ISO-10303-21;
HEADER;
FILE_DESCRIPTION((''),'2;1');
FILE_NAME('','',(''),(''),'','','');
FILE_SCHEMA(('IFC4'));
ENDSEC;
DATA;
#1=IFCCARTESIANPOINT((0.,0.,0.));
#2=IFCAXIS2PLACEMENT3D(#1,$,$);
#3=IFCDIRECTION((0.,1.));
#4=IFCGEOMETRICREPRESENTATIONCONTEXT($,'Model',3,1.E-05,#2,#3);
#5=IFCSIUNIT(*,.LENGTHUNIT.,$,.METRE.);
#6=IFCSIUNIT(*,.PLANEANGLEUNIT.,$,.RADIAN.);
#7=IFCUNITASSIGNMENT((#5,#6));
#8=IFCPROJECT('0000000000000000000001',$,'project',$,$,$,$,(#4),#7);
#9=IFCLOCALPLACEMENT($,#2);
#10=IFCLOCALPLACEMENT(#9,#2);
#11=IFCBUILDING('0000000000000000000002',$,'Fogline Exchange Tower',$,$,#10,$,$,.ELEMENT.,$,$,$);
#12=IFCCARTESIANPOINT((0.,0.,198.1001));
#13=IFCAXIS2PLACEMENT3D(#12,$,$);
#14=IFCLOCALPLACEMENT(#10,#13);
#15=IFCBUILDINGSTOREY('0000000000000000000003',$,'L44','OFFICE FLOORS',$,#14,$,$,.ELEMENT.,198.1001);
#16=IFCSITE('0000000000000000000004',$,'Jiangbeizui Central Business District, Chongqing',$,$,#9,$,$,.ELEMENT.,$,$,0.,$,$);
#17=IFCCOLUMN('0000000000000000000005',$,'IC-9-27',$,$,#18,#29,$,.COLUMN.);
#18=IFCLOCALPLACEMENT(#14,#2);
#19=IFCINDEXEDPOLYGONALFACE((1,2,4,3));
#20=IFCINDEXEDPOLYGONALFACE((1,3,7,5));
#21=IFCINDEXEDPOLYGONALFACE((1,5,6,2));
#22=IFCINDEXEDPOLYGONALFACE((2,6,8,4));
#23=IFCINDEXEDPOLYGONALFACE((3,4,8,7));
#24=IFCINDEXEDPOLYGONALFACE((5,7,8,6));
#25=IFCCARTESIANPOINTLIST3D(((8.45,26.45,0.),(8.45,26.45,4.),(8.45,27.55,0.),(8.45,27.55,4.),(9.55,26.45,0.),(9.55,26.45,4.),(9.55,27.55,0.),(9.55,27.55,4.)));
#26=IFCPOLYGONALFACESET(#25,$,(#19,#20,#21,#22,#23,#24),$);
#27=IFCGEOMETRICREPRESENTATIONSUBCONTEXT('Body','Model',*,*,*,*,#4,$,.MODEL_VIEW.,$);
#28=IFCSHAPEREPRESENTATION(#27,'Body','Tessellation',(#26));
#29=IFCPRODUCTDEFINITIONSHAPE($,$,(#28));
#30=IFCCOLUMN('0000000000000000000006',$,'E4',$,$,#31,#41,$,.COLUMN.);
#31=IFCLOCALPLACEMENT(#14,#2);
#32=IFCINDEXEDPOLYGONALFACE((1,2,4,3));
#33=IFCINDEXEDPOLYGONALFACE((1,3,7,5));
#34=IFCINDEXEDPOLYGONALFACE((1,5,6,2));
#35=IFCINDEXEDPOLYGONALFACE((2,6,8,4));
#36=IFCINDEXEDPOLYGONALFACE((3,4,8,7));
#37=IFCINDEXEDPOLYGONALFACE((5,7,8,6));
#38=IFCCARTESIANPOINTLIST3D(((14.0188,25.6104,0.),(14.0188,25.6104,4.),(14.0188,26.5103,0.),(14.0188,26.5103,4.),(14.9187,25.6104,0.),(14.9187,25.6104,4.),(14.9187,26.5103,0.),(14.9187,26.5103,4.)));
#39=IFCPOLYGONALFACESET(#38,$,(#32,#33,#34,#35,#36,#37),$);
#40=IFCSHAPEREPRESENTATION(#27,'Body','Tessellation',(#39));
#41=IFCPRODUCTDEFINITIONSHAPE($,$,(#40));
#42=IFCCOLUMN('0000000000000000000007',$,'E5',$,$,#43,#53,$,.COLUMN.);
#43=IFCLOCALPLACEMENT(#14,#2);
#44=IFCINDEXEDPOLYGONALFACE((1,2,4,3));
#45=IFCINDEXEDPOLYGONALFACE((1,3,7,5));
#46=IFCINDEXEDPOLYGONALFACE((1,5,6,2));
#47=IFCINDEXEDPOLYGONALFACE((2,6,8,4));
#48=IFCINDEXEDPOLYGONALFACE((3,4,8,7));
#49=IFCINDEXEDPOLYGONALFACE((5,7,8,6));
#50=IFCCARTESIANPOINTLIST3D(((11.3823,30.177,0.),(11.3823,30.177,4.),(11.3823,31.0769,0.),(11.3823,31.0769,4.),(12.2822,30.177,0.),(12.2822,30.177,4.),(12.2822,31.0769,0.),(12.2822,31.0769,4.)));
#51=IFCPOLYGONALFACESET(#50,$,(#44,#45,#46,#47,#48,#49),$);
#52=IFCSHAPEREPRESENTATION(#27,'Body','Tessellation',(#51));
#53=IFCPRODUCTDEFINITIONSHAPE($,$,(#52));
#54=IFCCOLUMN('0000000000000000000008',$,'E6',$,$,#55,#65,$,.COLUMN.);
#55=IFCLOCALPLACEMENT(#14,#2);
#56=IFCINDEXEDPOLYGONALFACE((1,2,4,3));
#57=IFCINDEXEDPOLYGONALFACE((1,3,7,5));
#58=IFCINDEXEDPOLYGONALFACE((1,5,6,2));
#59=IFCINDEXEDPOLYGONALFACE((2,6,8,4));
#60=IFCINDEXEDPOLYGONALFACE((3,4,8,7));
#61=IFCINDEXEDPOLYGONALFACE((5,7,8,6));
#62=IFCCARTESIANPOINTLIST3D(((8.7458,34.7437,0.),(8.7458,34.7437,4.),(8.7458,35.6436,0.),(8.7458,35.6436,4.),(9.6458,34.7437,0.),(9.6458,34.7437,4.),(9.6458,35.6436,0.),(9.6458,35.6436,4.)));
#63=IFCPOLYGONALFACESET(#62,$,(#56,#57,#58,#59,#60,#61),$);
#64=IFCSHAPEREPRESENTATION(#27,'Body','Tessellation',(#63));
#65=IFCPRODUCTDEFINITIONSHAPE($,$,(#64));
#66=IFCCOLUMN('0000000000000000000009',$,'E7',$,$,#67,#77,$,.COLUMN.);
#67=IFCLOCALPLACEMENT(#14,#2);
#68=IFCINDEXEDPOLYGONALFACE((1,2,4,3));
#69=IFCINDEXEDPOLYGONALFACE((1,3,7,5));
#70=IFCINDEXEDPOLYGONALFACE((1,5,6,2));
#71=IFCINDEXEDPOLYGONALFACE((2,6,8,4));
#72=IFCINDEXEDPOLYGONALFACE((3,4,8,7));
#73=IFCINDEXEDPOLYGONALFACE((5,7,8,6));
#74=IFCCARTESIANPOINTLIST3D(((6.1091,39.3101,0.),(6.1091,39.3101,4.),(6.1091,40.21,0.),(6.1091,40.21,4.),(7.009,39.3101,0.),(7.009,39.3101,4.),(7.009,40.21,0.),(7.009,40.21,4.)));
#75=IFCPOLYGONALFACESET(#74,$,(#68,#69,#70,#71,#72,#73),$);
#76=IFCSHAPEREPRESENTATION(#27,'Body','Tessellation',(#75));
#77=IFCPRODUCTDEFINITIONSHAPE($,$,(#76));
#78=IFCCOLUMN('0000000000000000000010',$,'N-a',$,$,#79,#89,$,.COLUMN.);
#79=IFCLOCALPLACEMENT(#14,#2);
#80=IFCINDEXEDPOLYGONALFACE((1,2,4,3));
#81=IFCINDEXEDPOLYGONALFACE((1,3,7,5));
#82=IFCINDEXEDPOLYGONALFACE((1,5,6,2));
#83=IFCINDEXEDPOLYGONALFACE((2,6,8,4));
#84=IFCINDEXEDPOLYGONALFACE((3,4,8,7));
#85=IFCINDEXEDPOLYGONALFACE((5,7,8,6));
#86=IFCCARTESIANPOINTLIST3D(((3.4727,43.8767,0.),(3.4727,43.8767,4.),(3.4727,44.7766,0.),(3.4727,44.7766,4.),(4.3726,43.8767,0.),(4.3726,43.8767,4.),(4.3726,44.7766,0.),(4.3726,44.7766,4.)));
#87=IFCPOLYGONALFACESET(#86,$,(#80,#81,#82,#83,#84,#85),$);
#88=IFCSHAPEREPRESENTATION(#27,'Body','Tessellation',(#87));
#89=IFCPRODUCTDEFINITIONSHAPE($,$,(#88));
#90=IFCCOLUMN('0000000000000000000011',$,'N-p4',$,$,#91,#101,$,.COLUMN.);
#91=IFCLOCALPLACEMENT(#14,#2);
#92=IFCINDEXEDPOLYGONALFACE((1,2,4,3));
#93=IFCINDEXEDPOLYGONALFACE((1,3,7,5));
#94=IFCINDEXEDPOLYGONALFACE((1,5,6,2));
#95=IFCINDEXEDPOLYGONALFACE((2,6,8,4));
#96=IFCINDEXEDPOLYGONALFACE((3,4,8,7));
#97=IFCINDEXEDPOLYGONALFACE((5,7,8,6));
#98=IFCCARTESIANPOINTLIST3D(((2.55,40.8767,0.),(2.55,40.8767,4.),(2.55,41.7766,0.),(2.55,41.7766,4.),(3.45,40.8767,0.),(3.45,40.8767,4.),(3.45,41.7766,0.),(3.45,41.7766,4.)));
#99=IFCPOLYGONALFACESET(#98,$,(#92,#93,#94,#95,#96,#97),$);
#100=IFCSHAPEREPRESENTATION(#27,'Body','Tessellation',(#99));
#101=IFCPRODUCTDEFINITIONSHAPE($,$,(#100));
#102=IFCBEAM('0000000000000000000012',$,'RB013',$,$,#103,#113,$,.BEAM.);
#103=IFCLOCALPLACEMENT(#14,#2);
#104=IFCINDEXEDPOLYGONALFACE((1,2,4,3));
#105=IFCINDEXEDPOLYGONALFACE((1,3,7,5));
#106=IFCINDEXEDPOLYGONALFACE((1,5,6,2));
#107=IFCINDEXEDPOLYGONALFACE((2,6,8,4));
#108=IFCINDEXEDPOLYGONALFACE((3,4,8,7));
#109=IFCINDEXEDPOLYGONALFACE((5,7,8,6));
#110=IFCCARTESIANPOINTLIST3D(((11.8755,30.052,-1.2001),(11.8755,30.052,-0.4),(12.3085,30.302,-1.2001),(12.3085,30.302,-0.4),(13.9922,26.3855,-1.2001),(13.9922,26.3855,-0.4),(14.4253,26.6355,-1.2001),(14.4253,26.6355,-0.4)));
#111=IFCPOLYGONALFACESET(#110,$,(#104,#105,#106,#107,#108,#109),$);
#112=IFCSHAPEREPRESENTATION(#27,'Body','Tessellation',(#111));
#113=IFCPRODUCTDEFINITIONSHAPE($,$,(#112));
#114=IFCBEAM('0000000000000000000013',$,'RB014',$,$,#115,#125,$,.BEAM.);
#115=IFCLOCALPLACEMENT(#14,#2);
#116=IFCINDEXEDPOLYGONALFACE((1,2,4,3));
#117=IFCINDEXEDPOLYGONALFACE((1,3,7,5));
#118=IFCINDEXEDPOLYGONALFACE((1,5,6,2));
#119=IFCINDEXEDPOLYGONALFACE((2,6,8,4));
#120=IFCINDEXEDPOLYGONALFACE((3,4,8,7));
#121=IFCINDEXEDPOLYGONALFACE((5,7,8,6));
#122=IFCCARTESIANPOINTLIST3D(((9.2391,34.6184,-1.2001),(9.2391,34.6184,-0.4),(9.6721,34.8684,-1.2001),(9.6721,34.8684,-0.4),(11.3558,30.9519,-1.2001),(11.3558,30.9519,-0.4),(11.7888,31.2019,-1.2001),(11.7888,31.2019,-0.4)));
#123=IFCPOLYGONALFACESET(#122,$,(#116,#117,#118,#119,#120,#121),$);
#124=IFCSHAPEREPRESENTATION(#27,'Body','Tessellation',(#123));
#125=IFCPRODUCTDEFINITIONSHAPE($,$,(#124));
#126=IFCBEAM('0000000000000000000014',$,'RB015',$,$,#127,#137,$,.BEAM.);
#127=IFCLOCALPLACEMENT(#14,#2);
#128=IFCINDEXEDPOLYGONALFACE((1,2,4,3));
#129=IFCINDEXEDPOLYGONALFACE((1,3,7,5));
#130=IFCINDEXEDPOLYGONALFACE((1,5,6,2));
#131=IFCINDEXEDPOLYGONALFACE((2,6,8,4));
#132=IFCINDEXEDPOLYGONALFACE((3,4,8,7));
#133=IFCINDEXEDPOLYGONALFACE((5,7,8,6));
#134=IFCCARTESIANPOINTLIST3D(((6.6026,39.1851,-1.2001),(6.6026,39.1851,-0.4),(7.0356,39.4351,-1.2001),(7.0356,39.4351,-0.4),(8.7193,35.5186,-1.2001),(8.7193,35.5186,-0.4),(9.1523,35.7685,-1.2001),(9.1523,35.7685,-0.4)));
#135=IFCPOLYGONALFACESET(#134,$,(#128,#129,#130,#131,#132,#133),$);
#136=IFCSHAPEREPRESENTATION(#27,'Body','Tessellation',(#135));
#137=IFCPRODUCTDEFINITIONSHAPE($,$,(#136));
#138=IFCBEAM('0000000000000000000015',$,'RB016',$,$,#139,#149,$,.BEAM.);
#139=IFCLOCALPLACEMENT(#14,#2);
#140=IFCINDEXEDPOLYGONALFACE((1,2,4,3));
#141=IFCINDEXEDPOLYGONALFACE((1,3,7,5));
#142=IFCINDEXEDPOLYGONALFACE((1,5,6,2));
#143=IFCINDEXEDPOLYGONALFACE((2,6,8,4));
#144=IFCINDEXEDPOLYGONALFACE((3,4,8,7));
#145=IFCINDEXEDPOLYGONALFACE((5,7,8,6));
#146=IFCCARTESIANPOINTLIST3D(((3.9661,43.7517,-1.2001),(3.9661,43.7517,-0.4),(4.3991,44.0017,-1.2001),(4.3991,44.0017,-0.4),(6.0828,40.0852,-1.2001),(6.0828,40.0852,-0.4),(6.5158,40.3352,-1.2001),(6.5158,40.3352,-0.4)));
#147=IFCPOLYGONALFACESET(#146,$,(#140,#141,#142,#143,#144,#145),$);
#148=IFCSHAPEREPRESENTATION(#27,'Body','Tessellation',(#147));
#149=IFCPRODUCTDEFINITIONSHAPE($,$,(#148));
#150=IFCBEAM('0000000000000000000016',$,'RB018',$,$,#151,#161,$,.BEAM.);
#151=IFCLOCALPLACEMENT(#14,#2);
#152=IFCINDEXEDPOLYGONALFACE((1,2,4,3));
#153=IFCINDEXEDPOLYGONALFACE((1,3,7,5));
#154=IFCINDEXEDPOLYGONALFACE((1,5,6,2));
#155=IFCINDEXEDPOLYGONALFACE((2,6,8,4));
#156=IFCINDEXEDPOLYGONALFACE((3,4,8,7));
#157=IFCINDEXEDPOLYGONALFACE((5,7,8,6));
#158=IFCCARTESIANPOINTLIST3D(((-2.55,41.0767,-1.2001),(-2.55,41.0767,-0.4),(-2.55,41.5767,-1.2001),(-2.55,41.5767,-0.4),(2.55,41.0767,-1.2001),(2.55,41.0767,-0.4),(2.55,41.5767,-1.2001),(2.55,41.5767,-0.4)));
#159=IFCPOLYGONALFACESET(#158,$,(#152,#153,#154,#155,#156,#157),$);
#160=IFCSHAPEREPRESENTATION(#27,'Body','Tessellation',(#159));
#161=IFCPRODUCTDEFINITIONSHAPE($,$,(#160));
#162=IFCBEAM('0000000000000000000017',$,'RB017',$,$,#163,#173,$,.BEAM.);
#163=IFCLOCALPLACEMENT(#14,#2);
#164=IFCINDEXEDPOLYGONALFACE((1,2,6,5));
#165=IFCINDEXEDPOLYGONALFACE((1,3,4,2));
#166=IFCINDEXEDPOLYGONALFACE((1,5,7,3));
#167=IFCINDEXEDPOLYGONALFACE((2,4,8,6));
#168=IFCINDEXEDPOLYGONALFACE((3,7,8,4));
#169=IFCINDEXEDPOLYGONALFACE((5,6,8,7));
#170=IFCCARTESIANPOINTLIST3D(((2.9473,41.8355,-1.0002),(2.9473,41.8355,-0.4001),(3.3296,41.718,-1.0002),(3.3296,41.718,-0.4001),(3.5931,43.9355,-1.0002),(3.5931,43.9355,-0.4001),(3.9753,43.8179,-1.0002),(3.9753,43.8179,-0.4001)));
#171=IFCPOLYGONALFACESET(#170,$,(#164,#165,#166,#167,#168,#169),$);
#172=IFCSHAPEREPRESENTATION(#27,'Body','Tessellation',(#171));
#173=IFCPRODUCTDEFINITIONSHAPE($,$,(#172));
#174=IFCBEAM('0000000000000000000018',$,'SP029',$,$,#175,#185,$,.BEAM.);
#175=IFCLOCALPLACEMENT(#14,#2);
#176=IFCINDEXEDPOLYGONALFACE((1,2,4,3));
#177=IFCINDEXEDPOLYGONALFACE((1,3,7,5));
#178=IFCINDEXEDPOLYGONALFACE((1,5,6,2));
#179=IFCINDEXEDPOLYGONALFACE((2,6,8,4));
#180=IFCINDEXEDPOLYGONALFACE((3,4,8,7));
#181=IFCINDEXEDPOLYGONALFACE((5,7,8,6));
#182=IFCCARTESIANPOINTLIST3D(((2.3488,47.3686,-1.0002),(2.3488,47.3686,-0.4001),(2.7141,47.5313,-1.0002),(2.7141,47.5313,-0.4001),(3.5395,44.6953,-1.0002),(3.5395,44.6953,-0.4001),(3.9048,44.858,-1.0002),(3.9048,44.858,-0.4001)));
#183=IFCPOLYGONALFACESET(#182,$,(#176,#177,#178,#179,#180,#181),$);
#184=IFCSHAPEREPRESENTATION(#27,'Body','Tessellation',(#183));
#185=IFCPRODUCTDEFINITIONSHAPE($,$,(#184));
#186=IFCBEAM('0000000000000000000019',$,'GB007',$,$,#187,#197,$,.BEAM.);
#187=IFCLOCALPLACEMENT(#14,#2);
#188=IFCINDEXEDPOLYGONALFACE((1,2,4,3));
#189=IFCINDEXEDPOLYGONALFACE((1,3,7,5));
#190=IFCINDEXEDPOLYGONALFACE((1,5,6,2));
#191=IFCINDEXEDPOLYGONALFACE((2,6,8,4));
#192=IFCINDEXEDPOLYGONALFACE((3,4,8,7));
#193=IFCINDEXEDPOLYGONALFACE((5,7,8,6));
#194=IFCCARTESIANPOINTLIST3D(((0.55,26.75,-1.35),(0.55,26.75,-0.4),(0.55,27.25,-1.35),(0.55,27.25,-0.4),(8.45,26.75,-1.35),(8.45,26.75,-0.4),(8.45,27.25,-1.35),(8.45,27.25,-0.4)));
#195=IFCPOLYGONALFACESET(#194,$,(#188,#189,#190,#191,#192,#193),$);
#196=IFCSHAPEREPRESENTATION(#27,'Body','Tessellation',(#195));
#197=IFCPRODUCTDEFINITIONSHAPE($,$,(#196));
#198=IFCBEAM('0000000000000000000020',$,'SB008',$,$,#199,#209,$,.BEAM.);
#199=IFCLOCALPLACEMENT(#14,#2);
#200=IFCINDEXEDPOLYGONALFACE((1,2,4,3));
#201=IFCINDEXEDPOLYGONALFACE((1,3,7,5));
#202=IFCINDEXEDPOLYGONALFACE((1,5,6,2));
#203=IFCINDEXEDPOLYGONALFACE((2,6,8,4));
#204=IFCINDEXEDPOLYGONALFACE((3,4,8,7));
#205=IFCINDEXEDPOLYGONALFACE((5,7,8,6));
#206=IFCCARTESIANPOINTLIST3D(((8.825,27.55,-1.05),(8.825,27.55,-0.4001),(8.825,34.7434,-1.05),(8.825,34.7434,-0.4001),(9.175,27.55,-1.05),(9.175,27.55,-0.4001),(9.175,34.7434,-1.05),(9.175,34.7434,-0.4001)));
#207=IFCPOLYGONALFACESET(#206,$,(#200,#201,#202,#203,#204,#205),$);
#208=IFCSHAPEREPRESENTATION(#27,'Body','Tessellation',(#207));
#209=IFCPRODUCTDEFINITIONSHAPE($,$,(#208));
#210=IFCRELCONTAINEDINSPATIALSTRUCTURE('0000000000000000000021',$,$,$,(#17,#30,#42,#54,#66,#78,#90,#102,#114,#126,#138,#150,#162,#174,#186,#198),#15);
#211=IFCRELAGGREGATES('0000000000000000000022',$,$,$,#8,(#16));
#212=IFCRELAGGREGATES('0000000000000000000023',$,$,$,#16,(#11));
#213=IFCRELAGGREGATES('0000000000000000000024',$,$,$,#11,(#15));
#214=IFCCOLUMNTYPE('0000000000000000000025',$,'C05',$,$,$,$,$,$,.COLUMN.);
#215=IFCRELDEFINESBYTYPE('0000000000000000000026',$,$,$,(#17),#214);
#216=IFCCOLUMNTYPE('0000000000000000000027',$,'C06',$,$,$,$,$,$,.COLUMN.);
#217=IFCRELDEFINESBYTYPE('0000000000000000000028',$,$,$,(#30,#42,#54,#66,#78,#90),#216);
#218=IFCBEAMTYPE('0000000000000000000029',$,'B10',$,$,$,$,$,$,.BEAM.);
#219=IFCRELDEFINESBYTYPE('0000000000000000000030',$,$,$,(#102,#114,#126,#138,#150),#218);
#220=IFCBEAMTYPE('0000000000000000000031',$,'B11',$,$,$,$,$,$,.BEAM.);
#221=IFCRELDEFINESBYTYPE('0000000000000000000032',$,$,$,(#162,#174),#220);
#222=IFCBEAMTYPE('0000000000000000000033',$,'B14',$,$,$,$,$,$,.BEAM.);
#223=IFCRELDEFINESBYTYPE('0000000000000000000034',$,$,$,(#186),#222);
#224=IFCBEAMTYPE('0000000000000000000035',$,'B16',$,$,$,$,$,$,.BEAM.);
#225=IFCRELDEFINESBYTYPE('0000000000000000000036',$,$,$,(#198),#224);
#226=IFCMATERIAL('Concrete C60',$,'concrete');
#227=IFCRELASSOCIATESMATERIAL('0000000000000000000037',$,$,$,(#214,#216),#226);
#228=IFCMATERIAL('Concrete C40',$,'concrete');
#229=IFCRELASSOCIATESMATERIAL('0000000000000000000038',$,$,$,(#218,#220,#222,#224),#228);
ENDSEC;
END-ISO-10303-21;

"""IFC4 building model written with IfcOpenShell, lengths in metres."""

from ifc_helpers import new_model, si_unit, direction, frame, origin, origin_2d, place, context, subcontext, project, spatial, rectangle, extrude, material, material_profile, profile_set, type_object, element, save


model = new_model("IFC4")

# Units and contexts
model_context = context("Model", 3, precision=1e-05, world=origin(), true_north=direction((0.0, 1.0)))
body_context = subcontext(model_context, "Body", "Model", "MODEL_VIEW")
ifc_project = project(units=[si_unit("LENGTHUNIT", "METRE"), si_unit("PLANEANGLEUNIT", "RADIAN")], contexts=[model_context])

# Site, building, storey
site_placement = place(None, origin())
site = spatial("IfcSite", under=ifc_project, at=site_placement, Name="Jiangbeizui Central Business District, Chongqing", CompositionType="ELEMENT", RefElevation=0.0)
building_placement = place(site_placement, origin())
building = spatial("IfcBuilding", under=site, at=building_placement, Name="Fogline Exchange Tower", CompositionType="ELEMENT")
storey_placement = place(building_placement, frame((0.0, 0.0, 198.1001)))
storey = spatial("IfcBuildingStorey", under=building, at=storey_placement, Name="L44", Description="OFFICE FLOORS", CompositionType="ELEMENT", Elevation=198.1001)

# Columns
ifc_material_1 = material(Name="Concrete C60", Category="concrete")
ifc_material_profile_1 = material_profile(ifc_material_1, rectangle(XDim=1.1001, YDim=1.1001, at=origin_2d()), Name="RC 1100x1100")
ifc_profile_set_1 = profile_set([ifc_material_profile_1], Name="Concrete C60")
column_type_1 = type_object("IfcColumnType", Name="C05", PredefinedType="COLUMN", material=ifc_profile_set_1)
column_placement = place(storey_placement, frame((9.0, 27.0, 0.0), z_axis=(0.0, 0.0, 1.0), x_axis=(1.0, 0.0, 0.0)))
element("IfcColumn", 1, at=column_placement, inside=storey, type_object=column_type_1, Name="IC-9-27", PredefinedType="COLUMN", context=body_context, shape_type="SweptSolid", body=[
    extrude(rectangle(XDim=1.1001, YDim=1.1001, at=origin_2d()), origin(), (0.0, 0.0, 1.0), 4.0),
])
ifc_material_profile_2 = material_profile(ifc_material_1, rectangle(XDim=0.8999, YDim=0.8999, at=origin_2d()), Name="RC 900x900")
ifc_profile_set_2 = profile_set([ifc_material_profile_2], Name="Concrete C60")
column_type_2 = type_object("IfcColumnType", Name="C06", PredefinedType="COLUMN", material=ifc_profile_set_2)
for number, where, z_axis, x_axis, name in (
    (2, (14.4688, 26.0603, 0.0), (0.0, 0.0, 1.0), (1.0, 0.0, 0.0), "E4"),
    (3, (11.8323, 30.627, 0.0), (0.0, 0.0, 1.0), (1.0, 0.0, 0.0), "E5"),
    (4, (9.1958, 35.1936, 0.0), (0.0, 0.0, 1.0), (1.0, 0.0, 0.0), "E6"),
    (5, (6.5591, 39.76, 0.0), (0.0, 0.0, 1.0), (1.0, 0.0, 0.0), "E7"),
    (6, (3.9226, 44.3267, 0.0), (0.0, 0.0, 1.0), (1.0, 0.0, 0.0), "N-a"),
    (7, (3.0, 41.3267, 0.0), (0.0, 0.0, 1.0), (1.0, 0.0, 0.0), "N-p4"),
):
    element("IfcColumn", number, at=place(storey_placement, frame(where, z_axis=z_axis, x_axis=x_axis)), inside=storey, type_object=column_type_2, Name=name, PredefinedType="COLUMN", context=body_context, shape_type="SweptSolid", body=[
        extrude(rectangle(XDim=0.8999, YDim=0.8999, at=origin_2d()), origin(), (0.0, 0.0, 1.0), 4.0),
    ])

# Beams
ifc_material_2 = material(Name="Concrete C40", Category="concrete")
ifc_material_profile_3 = material_profile(ifc_material_2, rectangle(XDim=0.5, YDim=0.8, at=origin_2d()), Name="RC 500x800")
ifc_profile_set_3 = profile_set([ifc_material_profile_3], Name="Concrete C40")
beam_type_1 = type_object("IfcBeamType", Name="B10", PredefinedType="BEAM", material=ifc_profile_set_3)
for number, where, z_axis, x_axis, name in (
    (8, (14.2087, 26.5105, -0.8), (-0.499972, 0.866042, 0.0), (-0.866042, -0.499972, 0.0), "RB013"),
    (9, (11.5723, 31.0769, -0.8), (-0.499972, 0.866042, 0.0), (-0.866042, -0.499972, 0.0), "RB014"),
    (10, (8.9358, 35.6436, -0.8), (-0.499972, 0.866042, 0.0), (-0.866042, -0.499972, 0.0), "RB015"),
    (11, (6.2993, 40.2102, -0.8), (-0.499972, 0.866042, 0.0), (-0.866042, -0.499972, 0.0), "RB016"),
):
    element("IfcBeam", number, at=place(storey_placement, frame(where, z_axis=z_axis, x_axis=x_axis)), inside=storey, type_object=beam_type_1, Name=name, PredefinedType="BEAM", context=body_context, shape_type="SweptSolid", body=[
        extrude(rectangle(XDim=0.5, YDim=0.8, at=origin_2d()), origin(), (0.0, 0.0, 1.0), 4.2336),
    ])
beam_1_placement = place(storey_placement, frame((2.55, 41.3267, -0.8), z_axis=(-1.0, 0.0, 0.0), x_axis=(0.0, -1.0, 0.0)))
element("IfcBeam", 12, at=beam_1_placement, inside=storey, type_object=beam_type_1, Name="RB018", PredefinedType="BEAM", context=body_context, shape_type="SweptSolid", body=[
    extrude(rectangle(XDim=0.5, YDim=0.8, at=origin_2d()), origin(), (0.0, 0.0, 1.0), 5.1001),
])
ifc_material_profile_4 = material_profile(ifc_material_2, rectangle(XDim=0.3999, YDim=0.6001, at=origin_2d()), Name="RC 400x600")
ifc_profile_set_4 = profile_set([ifc_material_profile_4], Name="Concrete C40")
beam_type_2 = type_object("IfcBeamType", Name="B11", PredefinedType="BEAM", material=ifc_profile_set_4)
beam_2_placement = place(storey_placement, frame((3.7842, 43.8767, -0.7002), z_axis=(-0.293906, -0.955834, 0.0), x_axis=(0.955834, -0.293906, 0.0)))
element("IfcBeam", 13, at=beam_2_placement, inside=storey, type_object=beam_type_2, Name="RB017", PredefinedType="BEAM", context=body_context, shape_type="SweptSolid", body=[
    extrude(rectangle(XDim=0.3999, YDim=0.6001, at=origin_2d()), origin(), (0.0, 0.0, 1.0), 2.197),
])
beam_3_placement = place(storey_placement, frame((3.7222, 44.7766, -0.7002), z_axis=(-0.406858, 0.913491, 0.0), x_axis=(-0.913491, -0.406858, 0.0)))
element("IfcBeam", 14, at=beam_3_placement, inside=storey, type_object=beam_type_2, Name="SP029", PredefinedType="BEAM", context=body_context, shape_type="SweptSolid", body=[
    extrude(rectangle(XDim=0.3999, YDim=0.6001, at=origin_2d()), origin(), (0.0, 0.0, 1.0), 2.9265),
])
ifc_material_profile_5 = material_profile(ifc_material_2, rectangle(XDim=0.5, YDim=0.95, at=origin_2d()), Name="RC 500x950")
ifc_profile_set_5 = profile_set([ifc_material_profile_5], Name="Concrete C40")
beam_type_3 = type_object("IfcBeamType", Name="B14", PredefinedType="BEAM", material=ifc_profile_set_5)
beam_4_placement = place(storey_placement, frame((0.55, 27.0, -0.875), z_axis=(1.0, 0.0, 0.0), x_axis=(0.0, 1.0, 0.0)))
element("IfcBeam", 15, at=beam_4_placement, inside=storey, type_object=beam_type_3, Name="GB007", PredefinedType="BEAM", context=body_context, shape_type="SweptSolid", body=[
    extrude(rectangle(XDim=0.5, YDim=0.95, at=origin_2d()), origin(), (0.0, 0.0, 1.0), 7.8999),
])
ifc_material_profile_6 = material_profile(ifc_material_2, rectangle(XDim=0.3501, YDim=0.6499, at=origin_2d()), Name="RC 350x650")
ifc_profile_set_6 = profile_set([ifc_material_profile_6], Name="Concrete C40")
beam_type_4 = type_object("IfcBeamType", Name="B16", PredefinedType="BEAM", material=ifc_profile_set_6)
beam_5_placement = place(storey_placement, frame((9.0, 27.55, -0.7251), z_axis=(0.0, 1.0, 0.0), x_axis=(-1.0, 0.0, 0.0)))
element("IfcBeam", 16, at=beam_5_placement, inside=storey, type_object=beam_type_4, Name="SB008", PredefinedType="BEAM", context=body_context, shape_type="SweptSolid", body=[
    extrude(rectangle(XDim=0.3501, YDim=0.6499, at=origin_2d()), origin(), (0.0, 0.0, 1.0), 7.1934),
])

save(model, "model.ifc")
